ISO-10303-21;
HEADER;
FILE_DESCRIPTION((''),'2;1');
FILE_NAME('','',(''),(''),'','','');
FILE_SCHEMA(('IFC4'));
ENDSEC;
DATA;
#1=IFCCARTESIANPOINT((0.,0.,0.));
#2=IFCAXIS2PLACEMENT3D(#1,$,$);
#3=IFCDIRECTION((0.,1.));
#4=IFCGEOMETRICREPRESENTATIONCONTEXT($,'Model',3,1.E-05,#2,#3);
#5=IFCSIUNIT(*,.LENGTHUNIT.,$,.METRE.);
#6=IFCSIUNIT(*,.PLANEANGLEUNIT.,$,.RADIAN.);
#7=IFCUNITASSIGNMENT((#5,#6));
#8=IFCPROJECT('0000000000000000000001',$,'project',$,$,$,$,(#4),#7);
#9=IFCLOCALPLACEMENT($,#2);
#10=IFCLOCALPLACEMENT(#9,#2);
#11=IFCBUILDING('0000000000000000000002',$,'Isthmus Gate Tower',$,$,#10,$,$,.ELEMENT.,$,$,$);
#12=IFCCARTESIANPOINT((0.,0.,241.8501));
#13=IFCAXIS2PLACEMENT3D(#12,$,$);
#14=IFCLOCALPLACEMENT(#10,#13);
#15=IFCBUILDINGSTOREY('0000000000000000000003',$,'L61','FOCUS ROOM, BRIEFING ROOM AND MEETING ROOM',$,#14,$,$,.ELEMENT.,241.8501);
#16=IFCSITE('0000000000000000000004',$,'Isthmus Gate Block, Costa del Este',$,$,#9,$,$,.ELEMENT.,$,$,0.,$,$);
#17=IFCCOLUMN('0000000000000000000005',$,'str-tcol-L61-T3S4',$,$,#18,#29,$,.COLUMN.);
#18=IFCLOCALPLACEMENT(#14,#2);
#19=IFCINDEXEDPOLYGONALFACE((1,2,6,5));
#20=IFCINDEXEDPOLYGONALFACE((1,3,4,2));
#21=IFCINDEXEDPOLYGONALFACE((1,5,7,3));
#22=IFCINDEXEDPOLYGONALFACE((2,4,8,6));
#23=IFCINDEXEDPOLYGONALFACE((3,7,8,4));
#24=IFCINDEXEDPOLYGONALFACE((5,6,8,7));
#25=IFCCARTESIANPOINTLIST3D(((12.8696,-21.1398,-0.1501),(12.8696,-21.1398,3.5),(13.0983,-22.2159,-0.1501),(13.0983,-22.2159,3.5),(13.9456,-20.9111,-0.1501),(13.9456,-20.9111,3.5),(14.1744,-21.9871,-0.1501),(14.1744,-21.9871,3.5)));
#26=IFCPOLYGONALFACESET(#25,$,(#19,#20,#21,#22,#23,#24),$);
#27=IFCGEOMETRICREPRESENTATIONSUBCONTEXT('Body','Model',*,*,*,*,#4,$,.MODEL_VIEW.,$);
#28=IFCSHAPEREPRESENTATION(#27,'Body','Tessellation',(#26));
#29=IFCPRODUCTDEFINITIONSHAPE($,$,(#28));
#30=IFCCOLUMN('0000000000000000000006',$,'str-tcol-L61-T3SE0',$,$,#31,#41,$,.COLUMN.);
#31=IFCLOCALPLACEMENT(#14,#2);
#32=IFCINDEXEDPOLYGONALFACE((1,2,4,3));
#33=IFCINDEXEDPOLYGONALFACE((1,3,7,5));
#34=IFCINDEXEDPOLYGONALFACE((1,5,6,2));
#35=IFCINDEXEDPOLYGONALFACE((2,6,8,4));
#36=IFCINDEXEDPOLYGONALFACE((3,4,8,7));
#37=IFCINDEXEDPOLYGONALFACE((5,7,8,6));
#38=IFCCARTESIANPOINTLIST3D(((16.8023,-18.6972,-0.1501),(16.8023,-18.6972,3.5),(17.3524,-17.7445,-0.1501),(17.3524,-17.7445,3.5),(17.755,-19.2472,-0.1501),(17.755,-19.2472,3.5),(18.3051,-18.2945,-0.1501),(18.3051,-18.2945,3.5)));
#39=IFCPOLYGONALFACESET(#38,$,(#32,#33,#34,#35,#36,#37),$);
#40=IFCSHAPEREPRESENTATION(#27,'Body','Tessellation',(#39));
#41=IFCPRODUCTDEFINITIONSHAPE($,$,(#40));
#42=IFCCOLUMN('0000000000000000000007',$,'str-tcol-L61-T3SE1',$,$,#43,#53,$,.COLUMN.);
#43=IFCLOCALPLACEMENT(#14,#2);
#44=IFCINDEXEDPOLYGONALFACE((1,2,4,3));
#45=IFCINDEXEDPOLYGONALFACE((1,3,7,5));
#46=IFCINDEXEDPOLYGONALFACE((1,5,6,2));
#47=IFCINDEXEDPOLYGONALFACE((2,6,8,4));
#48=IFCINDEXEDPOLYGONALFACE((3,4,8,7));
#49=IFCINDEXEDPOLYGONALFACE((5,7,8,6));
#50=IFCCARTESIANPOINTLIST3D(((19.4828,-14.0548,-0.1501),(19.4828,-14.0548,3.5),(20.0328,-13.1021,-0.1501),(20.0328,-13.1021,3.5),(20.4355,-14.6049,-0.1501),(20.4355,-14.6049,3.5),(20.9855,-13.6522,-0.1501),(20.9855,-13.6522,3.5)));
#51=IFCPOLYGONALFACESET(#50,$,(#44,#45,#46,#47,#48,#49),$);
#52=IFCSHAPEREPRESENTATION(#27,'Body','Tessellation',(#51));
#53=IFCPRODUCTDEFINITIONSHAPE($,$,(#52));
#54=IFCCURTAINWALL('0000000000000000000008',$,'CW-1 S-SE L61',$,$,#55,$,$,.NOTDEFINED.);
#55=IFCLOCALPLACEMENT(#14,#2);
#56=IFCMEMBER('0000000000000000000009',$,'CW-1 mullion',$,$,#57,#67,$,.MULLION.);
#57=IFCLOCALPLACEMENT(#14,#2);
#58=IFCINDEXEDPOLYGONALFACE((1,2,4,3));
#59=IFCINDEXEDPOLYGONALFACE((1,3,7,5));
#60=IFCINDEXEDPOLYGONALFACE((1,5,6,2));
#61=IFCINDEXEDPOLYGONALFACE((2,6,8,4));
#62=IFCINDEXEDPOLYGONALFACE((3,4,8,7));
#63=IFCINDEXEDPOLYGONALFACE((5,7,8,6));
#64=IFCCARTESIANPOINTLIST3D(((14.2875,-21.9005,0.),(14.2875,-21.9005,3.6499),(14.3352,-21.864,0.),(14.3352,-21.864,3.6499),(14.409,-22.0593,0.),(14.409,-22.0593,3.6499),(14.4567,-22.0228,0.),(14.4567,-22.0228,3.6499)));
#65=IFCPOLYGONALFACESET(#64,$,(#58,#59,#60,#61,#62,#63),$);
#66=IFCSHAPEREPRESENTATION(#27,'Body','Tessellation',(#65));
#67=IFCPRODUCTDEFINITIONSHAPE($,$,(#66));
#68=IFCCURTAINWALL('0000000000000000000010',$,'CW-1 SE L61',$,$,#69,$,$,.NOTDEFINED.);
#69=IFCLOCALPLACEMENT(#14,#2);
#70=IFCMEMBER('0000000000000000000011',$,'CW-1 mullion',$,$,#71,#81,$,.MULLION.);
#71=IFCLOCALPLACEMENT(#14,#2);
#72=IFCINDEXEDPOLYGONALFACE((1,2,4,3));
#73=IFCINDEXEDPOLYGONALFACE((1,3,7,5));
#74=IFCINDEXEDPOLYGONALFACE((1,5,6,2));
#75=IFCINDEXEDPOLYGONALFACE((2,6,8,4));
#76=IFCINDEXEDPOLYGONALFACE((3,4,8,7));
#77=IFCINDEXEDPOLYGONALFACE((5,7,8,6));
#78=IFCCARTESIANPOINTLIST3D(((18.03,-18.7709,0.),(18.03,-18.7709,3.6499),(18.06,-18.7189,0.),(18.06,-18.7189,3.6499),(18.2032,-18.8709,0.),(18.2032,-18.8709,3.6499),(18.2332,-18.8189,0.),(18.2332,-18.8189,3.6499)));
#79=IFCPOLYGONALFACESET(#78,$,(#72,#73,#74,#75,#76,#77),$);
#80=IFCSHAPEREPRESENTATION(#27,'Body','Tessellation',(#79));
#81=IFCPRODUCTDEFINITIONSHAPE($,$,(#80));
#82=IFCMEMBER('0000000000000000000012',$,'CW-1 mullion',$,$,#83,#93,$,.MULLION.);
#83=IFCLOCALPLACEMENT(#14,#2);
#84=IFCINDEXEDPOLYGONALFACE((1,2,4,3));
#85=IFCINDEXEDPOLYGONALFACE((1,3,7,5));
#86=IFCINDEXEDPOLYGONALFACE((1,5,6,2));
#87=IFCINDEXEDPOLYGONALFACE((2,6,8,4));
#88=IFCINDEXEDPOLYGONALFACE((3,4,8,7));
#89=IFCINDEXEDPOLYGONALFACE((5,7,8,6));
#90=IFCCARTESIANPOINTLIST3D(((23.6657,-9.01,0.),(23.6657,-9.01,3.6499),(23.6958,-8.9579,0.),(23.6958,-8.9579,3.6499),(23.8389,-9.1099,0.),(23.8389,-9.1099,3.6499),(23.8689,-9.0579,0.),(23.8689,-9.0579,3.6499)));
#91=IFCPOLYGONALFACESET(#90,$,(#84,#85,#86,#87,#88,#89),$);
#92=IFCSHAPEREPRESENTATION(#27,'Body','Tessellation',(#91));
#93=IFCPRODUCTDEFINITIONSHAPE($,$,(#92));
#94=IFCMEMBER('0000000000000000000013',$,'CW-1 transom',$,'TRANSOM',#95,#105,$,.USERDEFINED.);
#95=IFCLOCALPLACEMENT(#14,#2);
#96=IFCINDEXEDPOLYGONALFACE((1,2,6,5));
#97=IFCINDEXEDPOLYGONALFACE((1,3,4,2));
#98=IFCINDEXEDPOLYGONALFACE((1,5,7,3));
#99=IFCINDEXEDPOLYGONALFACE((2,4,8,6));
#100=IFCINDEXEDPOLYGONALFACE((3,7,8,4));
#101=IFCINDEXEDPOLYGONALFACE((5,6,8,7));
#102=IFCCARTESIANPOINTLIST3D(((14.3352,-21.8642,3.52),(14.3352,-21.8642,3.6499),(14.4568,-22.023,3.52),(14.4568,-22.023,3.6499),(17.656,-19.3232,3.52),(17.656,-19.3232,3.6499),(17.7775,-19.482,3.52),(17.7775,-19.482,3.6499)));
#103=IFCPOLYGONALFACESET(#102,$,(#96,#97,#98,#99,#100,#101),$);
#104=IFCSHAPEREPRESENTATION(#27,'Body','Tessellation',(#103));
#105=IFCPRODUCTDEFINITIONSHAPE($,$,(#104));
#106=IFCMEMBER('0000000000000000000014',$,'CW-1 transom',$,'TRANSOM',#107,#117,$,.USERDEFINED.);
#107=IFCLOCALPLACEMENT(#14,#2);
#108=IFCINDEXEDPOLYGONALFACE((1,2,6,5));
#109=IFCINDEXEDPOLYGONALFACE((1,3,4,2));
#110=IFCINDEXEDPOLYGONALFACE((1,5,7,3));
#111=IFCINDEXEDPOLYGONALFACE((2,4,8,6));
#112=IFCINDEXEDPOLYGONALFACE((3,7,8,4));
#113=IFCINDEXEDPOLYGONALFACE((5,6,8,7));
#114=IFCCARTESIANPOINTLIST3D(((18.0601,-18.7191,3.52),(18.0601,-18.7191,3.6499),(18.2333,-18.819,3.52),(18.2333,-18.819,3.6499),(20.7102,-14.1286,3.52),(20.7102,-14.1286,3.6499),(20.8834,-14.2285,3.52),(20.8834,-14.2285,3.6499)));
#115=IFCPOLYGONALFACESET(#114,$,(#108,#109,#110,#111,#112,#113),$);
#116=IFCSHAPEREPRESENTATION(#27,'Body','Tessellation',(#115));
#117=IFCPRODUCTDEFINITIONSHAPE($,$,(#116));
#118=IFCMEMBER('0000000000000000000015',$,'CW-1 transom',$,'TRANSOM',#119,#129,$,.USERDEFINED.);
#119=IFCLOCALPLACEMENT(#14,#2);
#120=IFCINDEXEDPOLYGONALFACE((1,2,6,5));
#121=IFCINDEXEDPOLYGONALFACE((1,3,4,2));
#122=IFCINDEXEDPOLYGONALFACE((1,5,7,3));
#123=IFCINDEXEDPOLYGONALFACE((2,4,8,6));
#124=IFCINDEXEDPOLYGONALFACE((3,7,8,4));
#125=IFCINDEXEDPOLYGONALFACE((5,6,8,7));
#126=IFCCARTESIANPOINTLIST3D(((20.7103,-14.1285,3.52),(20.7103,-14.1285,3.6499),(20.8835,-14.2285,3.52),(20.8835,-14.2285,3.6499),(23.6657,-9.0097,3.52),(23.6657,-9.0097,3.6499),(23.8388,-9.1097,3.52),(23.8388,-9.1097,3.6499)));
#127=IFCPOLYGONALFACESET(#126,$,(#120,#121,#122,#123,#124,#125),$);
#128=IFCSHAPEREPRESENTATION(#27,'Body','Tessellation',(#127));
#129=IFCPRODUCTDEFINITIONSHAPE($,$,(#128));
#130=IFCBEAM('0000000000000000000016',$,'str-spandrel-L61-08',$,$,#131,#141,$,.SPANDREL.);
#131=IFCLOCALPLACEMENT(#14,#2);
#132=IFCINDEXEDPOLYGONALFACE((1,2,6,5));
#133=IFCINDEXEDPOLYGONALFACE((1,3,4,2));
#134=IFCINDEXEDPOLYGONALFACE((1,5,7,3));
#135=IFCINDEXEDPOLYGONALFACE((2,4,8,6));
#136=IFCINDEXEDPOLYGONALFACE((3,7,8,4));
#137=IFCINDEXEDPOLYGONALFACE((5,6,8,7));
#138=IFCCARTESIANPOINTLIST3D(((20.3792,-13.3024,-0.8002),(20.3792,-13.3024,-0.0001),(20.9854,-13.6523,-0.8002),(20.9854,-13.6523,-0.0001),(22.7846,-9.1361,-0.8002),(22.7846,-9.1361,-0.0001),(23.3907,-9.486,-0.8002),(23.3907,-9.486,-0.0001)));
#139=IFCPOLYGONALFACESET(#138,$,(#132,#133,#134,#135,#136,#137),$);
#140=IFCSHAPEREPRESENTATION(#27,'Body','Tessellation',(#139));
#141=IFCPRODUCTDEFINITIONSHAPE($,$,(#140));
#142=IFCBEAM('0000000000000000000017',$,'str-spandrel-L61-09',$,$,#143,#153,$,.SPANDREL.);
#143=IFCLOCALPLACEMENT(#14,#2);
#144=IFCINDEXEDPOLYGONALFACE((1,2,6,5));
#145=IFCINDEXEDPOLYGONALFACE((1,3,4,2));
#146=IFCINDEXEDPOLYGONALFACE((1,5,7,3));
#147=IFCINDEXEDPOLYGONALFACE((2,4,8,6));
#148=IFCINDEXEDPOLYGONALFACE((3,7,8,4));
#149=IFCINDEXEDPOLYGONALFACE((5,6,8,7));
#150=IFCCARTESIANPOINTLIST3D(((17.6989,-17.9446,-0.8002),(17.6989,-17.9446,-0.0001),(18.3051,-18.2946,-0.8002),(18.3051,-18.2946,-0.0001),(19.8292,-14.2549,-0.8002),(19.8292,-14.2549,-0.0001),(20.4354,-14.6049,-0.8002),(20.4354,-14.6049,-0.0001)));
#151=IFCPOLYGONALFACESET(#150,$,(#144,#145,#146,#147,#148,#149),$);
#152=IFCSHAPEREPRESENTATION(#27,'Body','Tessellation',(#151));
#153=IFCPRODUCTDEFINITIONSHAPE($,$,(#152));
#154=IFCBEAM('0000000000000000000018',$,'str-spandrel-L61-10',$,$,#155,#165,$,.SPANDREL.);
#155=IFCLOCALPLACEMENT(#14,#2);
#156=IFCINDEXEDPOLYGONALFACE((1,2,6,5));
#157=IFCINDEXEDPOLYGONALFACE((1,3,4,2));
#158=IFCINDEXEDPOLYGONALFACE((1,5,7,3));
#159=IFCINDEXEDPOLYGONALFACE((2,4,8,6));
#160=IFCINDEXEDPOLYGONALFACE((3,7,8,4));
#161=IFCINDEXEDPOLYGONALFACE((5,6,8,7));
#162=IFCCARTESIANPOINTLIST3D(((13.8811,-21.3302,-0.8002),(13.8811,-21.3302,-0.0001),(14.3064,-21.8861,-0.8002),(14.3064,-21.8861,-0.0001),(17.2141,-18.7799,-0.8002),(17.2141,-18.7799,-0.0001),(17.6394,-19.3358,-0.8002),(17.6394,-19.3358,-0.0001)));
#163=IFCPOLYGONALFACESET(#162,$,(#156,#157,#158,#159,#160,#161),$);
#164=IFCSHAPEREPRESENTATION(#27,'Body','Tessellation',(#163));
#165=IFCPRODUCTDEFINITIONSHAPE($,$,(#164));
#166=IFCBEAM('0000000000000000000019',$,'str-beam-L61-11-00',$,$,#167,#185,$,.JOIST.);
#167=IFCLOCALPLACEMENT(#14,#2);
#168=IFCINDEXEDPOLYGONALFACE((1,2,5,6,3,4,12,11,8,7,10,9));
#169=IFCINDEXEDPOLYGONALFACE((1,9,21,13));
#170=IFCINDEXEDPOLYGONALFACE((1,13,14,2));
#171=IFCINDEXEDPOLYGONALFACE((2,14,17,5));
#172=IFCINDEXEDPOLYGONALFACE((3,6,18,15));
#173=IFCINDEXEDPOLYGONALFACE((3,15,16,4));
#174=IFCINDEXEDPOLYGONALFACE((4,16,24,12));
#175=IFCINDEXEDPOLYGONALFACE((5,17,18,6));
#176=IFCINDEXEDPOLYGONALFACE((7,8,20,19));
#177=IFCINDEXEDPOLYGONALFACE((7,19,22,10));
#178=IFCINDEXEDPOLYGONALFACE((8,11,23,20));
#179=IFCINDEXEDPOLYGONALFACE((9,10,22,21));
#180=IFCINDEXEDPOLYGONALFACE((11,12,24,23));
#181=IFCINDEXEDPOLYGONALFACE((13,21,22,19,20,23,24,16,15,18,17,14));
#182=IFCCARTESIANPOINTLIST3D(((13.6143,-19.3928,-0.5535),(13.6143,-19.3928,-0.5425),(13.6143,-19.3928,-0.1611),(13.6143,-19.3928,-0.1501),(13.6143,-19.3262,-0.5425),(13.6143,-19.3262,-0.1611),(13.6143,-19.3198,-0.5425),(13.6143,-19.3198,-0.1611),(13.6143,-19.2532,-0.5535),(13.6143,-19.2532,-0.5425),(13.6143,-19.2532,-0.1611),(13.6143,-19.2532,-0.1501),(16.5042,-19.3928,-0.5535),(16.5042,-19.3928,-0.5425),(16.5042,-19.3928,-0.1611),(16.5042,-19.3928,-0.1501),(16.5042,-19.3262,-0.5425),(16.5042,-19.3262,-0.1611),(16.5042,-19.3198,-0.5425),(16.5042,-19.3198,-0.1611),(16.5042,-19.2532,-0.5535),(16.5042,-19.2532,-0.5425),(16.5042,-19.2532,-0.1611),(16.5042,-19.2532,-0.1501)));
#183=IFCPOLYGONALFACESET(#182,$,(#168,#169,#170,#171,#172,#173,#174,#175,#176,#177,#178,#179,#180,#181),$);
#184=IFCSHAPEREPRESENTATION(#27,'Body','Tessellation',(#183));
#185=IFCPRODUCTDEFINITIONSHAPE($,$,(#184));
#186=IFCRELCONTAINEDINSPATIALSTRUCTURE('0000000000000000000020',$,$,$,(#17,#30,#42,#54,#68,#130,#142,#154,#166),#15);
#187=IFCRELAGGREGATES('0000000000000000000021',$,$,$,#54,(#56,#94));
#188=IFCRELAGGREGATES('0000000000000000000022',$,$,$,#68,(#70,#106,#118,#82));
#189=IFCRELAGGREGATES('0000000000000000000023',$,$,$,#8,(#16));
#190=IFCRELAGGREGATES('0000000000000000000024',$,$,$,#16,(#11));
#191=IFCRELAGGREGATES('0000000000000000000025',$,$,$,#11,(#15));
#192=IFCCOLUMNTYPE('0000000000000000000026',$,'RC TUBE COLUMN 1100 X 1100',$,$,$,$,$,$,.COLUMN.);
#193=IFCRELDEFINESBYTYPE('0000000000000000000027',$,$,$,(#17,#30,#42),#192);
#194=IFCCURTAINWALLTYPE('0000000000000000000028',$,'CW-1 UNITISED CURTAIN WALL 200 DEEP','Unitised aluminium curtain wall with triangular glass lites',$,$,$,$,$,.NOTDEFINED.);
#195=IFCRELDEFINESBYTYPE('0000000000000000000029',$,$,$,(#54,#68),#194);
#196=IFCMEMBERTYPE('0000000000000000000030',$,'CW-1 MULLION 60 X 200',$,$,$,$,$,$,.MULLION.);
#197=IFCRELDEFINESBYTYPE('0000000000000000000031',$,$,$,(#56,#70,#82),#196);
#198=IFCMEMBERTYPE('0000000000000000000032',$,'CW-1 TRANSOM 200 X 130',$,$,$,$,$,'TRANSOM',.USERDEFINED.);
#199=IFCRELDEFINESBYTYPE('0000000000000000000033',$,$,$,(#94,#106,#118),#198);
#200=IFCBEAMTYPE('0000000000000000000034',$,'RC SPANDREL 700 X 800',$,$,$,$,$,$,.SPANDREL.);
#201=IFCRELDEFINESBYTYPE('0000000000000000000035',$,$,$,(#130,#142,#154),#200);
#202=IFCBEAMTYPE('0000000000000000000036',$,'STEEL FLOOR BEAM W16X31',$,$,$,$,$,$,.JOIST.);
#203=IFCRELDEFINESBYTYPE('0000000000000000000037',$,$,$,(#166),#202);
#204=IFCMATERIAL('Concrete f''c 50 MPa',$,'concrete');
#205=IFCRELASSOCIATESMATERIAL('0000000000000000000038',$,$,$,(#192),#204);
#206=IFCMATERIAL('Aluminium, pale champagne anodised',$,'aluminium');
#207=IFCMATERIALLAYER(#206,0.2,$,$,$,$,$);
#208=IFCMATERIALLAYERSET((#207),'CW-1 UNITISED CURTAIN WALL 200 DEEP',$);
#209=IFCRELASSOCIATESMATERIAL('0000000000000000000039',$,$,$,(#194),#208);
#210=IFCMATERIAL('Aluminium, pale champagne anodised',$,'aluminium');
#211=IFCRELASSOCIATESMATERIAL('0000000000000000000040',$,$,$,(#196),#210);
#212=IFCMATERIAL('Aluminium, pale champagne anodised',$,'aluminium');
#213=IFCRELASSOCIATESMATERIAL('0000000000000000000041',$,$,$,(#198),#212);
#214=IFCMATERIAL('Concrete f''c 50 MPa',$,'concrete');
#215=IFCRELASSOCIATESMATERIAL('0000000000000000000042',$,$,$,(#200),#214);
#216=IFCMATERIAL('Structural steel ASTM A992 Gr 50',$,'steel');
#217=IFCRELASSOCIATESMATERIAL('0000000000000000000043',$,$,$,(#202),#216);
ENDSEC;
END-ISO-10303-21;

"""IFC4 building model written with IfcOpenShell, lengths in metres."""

from ifc_helpers import new_model, si_unit, direction, frame, origin, origin_2d, place, context, subcontext, project, spatial, rectangle, i_section, extrude, material, layer, layer_set, material_profile, profile_set, type_object, element, aggregate, save


model = new_model("IFC4")

# Units and contexts
model_context = context("Model", 3, precision=1e-05, world=origin(), true_north=direction((0.0, 1.0)))
body_context = subcontext(model_context, "Body", "Model", "MODEL_VIEW")
ifc_project = project(units=[si_unit("LENGTHUNIT", "METRE"), si_unit("PLANEANGLEUNIT", "RADIAN")], contexts=[model_context])

# Site, building, storey
site_placement = place(None, origin())
site = spatial("IfcSite", under=ifc_project, at=site_placement, Name="Isthmus Gate Block, Costa del Este", CompositionType="ELEMENT", RefElevation=0.0)
building_placement = place(site_placement, origin())
building = spatial("IfcBuilding", under=site, at=building_placement, Name="Isthmus Gate Tower", CompositionType="ELEMENT")
storey_placement = place(building_placement, frame((0.0, 0.0, 241.8501)))
storey = spatial("IfcBuildingStorey", under=building, at=storey_placement, Name="L61", Description="FOCUS ROOM, BRIEFING ROOM AND MEETING ROOM", CompositionType="ELEMENT", Elevation=241.8501)

# Columns
ifc_material_1 = material(Name="Concrete f'c 50 MPa", Category="concrete")
ifc_material_profile_1 = material_profile(ifc_material_1, rectangle(XDim=1.1001, YDim=1.1001, at=origin_2d()), Name="RC 1100X1100")
ifc_profile_set_1 = profile_set([ifc_material_profile_1], Name="Concrete f'c 50 MPa")
column_type = type_object("IfcColumnType", Name="RC TUBE COLUMN 1100 X 1100", PredefinedType="COLUMN", material=ifc_profile_set_1)
for number, where, z_axis, x_axis, name in (
    (1, (13.522, -21.5635, -0.1501), (0.0, 0.0, 1.0), (0.978148, 0.207912, 0.0), "str-tcol-L61-T3S4"),
    (2, (17.5537, -18.4958, -0.1501), (0.0, 0.0, 1.0), (0.5, 0.866025, 0.0), "str-tcol-L61-T3SE0"),
    (3, (20.2341, -13.8535, -0.1501), (0.0, 0.0, 1.0), (0.5, 0.866025, 0.0), "str-tcol-L61-T3SE1"),
):
    element("IfcColumn", number, at=place(storey_placement, frame(where, z_axis=z_axis, x_axis=x_axis)), inside=storey, type_object=column_type, Name=name, PredefinedType="COLUMN", context=body_context, shape_type="SweptSolid", body=[
        extrude(rectangle(XDim=1.1001, YDim=1.1001, at=origin_2d()), origin(), (0.0, 0.0, 1.0), 3.6501),
    ])

# Curtain wall, member
ifc_material_2 = material(Name="Aluminium, pale champagne anodised", Category="aluminium")
ifc_layer_1 = layer(ifc_material_2, 0.2)
ifc_layer_set_1 = layer_set([ifc_layer_1], Name="CW-1 UNITISED CURTAIN WALL 200 DEEP")
curtain_wall_type = type_object("IfcCurtainWallType", Name="CW-1 UNITISED CURTAIN WALL 200 DEEP", Description="Unitised aluminium curtain wall with triangular glass lites", PredefinedType="NOTDEFINED", material=ifc_layer_set_1)
curtain_wall_1_placement = place(storey_placement, origin())
curtain_wall_1 = element("IfcCurtainWall", 4, at=curtain_wall_1_placement, inside=storey, type_object=curtain_wall_type, Name="CW-1 S-SE L61", PredefinedType="NOTDEFINED")
ifc_material_3 = material(Name="Aluminium, pale champagne anodised", Category="aluminium")
ifc_material_profile_2 = material_profile(ifc_material_3, rectangle(XDim=0.0601, YDim=0.2, at=origin_2d()), Name="60x200")
ifc_profile_set_2 = profile_set([ifc_material_profile_2], Name="Aluminium, pale champagne anodised")
member_type_1 = type_object("IfcMemberType", Name="CW-1 MULLION 60 X 200", PredefinedType="MULLION", material=ifc_profile_set_2)
member_1_placement = place(storey_placement, frame((14.3721, -21.9617, 0.0), z_axis=(0.0, 0.0, 1.0), x_axis=(0.794189, 0.607671, 0.0)))
member_1 = element("IfcMember", 5, at=member_1_placement, type_object=member_type_1, Name="CW-1 mullion", PredefinedType="MULLION", context=body_context, shape_type="SweptSolid", body=[
    extrude(rectangle(XDim=0.0601, YDim=0.2, at=origin_2d()), origin(), (0.0, 0.0, 1.0), 3.6499),
])

# Curtain wall, members
curtain_wall_2_placement = place(storey_placement, origin())
curtain_wall_2 = element("IfcCurtainWall", 6, at=curtain_wall_2_placement, inside=storey, type_object=curtain_wall_type, Name="CW-1 SE L61", PredefinedType="NOTDEFINED")
member_2_placement = place(storey_placement, frame((18.1316, -18.7949, 0.0), z_axis=(0.0, 0.0, 1.0), x_axis=(0.5, 0.866025, 0.0)))
member_2 = element("IfcMember", 7, at=member_2_placement, type_object=member_type_1, Name="CW-1 mullion", PredefinedType="MULLION", context=body_context, shape_type="SweptSolid", body=[
    extrude(rectangle(XDim=0.0601, YDim=0.2, at=origin_2d()), origin(), (0.0, 0.0, 1.0), 3.6499),
])
member_3_placement = place(storey_placement, frame((23.7673, -9.0339, 0.0), z_axis=(0.0, 0.0, 1.0), x_axis=(0.5, 0.866025, 0.0)))
member_3 = element("IfcMember", 8, at=member_3_placement, type_object=member_type_1, Name="CW-1 mullion", PredefinedType="MULLION", context=body_context, shape_type="SweptSolid", body=[
    extrude(rectangle(XDim=0.0601, YDim=0.2, at=origin_2d()), origin(), (0.0, 0.0, 1.0), 3.6499),
])

# Members
ifc_material_4 = material(Name="Aluminium, pale champagne anodised", Category="aluminium")
ifc_material_profile_3 = material_profile(ifc_material_4, rectangle(XDim=0.2, YDim=0.1299, at=origin_2d()), Name="200x130")
ifc_profile_set_3 = profile_set([ifc_material_profile_3], Name="Aluminium, pale champagne anodised")
member_type_2 = type_object("IfcMemberType", Name="CW-1 TRANSOM 200 X 130", ElementType="TRANSOM", PredefinedType="USERDEFINED", material=ifc_profile_set_3)
member_4_placement = place(storey_placement, frame((14.396, -21.9436, 3.585), z_axis=(0.794175, 0.607688, 0.0), x_axis=(-0.607688, 0.794175, 0.0)))
member_4 = element("IfcMember", 9, at=member_4_placement, type_object=member_type_2, Name="CW-1 transom", ObjectType="TRANSOM", PredefinedType="USERDEFINED", context=body_context, shape_type="SweptSolid", body=[
    extrude(rectangle(XDim=0.2, YDim=0.1299, at=origin_2d()), origin(), (0.0, 0.0, 1.0), 4.1814),
])
member_5_placement = place(storey_placement, frame((18.1467, -18.769, 3.585), z_axis=(0.499968, 0.866044, 0.0), x_axis=(-0.866044, 0.499968, 0.0)))
member_5 = element("IfcMember", 10, at=member_5_placement, type_object=member_type_2, Name="CW-1 transom", ObjectType="TRANSOM", PredefinedType="USERDEFINED", context=body_context, shape_type="SweptSolid", body=[
    extrude(rectangle(XDim=0.2, YDim=0.1299, at=origin_2d()), origin(), (0.0, 0.0, 1.0), 5.3005),
])
member_6_placement = place(storey_placement, frame((20.7969, -14.1785, 3.585), z_axis=(0.500008, 0.86602, 0.0), x_axis=(-0.86602, 0.500008, 0.0)))
member_6 = element("IfcMember", 11, at=member_6_placement, type_object=member_type_2, Name="CW-1 transom", ObjectType="TRANSOM", PredefinedType="USERDEFINED", context=body_context, shape_type="SweptSolid", body=[
    extrude(rectangle(XDim=0.2, YDim=0.1299, at=origin_2d()), origin(), (0.0, 0.0, 1.0), 5.9106),
])

# Beams
ifc_material_5 = material(Name="Concrete f'c 50 MPa", Category="concrete")
ifc_material_profile_4 = material_profile(ifc_material_5, rectangle(XDim=0.7, YDim=0.8, at=origin_2d()), Name="RC 700X800")
ifc_profile_set_4 = profile_set([ifc_material_profile_4], Name="Concrete f'c 50 MPa")
beam_type_1 = type_object("IfcBeamType", Name="RC SPANDREL 700 X 800", PredefinedType="SPANDREL", material=ifc_profile_set_4)
beam_1_placement = place(storey_placement, frame((23.0876, -9.311, -0.4001), z_axis=(-0.499982, -0.866036, 0.0), x_axis=(0.866036, -0.499982, 0.0)))
element("IfcBeam", 12, at=beam_1_placement, inside=storey, type_object=beam_type_1, Name="str-spandrel-L61-08", PredefinedType="SPANDREL", context=body_context, shape_type="SweptSolid", body=[
    extrude(rectangle(XDim=0.7, YDim=0.8, at=origin_2d()), origin(), (0.0, 0.0, 1.0), 4.8108),
])
beam_2_placement = place(storey_placement, frame((20.1323, -14.4299, -0.4001), z_axis=(-0.500022, -0.866013, 0.0), x_axis=(0.866013, -0.500022, 0.0)))
element("IfcBeam", 13, at=beam_2_placement, inside=storey, type_object=beam_type_1, Name="str-spandrel-L61-09", PredefinedType="SPANDREL", context=body_context, shape_type="SweptSolid", body=[
    extrude(rectangle(XDim=0.7, YDim=0.8, at=origin_2d()), origin(), (0.0, 0.0, 1.0), 4.2605),
])
beam_3_placement = place(storey_placement, frame((17.4268, -19.0579, -0.4001), z_axis=(-0.794183, -0.607679, 0.0), x_axis=(0.607679, -0.794183, 0.0)))
element("IfcBeam", 14, at=beam_3_placement, inside=storey, type_object=beam_type_1, Name="str-spandrel-L61-10", PredefinedType="SPANDREL", context=body_context, shape_type="SweptSolid", body=[
    extrude(rectangle(XDim=0.7, YDim=0.8, at=origin_2d()), origin(), (0.0, 0.0, 1.0), 4.1968),
])
ifc_material_6 = material(Name="Structural steel ASTM A992 Gr 50", Category="steel")
ifc_material_profile_5 = material_profile(ifc_material_6, i_section(OverallWidth=0.1396, OverallDepth=0.4033, WebThickness=0.0063, FlangeThickness=0.011, at=origin_2d()), Name="W16X31")
ifc_profile_set_5 = profile_set([ifc_material_profile_5], Name="Structural steel ASTM A992 Gr 50")
beam_type_2 = type_object("IfcBeamType", Name="STEEL FLOOR BEAM W16X31", PredefinedType="JOIST", material=ifc_profile_set_5)
beam_4_placement = place(storey_placement, frame((13.6143, -19.323, -0.3518), z_axis=(1.0, 0.0, 0.0), x_axis=(0.0, 1.0, 0.0)))
element("IfcBeam", 15, at=beam_4_placement, inside=storey, type_object=beam_type_2, Name="str-beam-L61-11-00", PredefinedType="JOIST", context=body_context, shape_type="SweptSolid", body=[
    extrude(i_section(OverallWidth=0.1396, OverallDepth=0.4033, WebThickness=0.0063, FlangeThickness=0.011, at=origin_2d()), origin(), (0.0, 0.0, 1.0), 2.8899),
])

aggregate(curtain_wall_1, [member_1, member_4])
aggregate(curtain_wall_2, [member_2, member_5, member_6, member_3])

save(model, "model.ifc")
